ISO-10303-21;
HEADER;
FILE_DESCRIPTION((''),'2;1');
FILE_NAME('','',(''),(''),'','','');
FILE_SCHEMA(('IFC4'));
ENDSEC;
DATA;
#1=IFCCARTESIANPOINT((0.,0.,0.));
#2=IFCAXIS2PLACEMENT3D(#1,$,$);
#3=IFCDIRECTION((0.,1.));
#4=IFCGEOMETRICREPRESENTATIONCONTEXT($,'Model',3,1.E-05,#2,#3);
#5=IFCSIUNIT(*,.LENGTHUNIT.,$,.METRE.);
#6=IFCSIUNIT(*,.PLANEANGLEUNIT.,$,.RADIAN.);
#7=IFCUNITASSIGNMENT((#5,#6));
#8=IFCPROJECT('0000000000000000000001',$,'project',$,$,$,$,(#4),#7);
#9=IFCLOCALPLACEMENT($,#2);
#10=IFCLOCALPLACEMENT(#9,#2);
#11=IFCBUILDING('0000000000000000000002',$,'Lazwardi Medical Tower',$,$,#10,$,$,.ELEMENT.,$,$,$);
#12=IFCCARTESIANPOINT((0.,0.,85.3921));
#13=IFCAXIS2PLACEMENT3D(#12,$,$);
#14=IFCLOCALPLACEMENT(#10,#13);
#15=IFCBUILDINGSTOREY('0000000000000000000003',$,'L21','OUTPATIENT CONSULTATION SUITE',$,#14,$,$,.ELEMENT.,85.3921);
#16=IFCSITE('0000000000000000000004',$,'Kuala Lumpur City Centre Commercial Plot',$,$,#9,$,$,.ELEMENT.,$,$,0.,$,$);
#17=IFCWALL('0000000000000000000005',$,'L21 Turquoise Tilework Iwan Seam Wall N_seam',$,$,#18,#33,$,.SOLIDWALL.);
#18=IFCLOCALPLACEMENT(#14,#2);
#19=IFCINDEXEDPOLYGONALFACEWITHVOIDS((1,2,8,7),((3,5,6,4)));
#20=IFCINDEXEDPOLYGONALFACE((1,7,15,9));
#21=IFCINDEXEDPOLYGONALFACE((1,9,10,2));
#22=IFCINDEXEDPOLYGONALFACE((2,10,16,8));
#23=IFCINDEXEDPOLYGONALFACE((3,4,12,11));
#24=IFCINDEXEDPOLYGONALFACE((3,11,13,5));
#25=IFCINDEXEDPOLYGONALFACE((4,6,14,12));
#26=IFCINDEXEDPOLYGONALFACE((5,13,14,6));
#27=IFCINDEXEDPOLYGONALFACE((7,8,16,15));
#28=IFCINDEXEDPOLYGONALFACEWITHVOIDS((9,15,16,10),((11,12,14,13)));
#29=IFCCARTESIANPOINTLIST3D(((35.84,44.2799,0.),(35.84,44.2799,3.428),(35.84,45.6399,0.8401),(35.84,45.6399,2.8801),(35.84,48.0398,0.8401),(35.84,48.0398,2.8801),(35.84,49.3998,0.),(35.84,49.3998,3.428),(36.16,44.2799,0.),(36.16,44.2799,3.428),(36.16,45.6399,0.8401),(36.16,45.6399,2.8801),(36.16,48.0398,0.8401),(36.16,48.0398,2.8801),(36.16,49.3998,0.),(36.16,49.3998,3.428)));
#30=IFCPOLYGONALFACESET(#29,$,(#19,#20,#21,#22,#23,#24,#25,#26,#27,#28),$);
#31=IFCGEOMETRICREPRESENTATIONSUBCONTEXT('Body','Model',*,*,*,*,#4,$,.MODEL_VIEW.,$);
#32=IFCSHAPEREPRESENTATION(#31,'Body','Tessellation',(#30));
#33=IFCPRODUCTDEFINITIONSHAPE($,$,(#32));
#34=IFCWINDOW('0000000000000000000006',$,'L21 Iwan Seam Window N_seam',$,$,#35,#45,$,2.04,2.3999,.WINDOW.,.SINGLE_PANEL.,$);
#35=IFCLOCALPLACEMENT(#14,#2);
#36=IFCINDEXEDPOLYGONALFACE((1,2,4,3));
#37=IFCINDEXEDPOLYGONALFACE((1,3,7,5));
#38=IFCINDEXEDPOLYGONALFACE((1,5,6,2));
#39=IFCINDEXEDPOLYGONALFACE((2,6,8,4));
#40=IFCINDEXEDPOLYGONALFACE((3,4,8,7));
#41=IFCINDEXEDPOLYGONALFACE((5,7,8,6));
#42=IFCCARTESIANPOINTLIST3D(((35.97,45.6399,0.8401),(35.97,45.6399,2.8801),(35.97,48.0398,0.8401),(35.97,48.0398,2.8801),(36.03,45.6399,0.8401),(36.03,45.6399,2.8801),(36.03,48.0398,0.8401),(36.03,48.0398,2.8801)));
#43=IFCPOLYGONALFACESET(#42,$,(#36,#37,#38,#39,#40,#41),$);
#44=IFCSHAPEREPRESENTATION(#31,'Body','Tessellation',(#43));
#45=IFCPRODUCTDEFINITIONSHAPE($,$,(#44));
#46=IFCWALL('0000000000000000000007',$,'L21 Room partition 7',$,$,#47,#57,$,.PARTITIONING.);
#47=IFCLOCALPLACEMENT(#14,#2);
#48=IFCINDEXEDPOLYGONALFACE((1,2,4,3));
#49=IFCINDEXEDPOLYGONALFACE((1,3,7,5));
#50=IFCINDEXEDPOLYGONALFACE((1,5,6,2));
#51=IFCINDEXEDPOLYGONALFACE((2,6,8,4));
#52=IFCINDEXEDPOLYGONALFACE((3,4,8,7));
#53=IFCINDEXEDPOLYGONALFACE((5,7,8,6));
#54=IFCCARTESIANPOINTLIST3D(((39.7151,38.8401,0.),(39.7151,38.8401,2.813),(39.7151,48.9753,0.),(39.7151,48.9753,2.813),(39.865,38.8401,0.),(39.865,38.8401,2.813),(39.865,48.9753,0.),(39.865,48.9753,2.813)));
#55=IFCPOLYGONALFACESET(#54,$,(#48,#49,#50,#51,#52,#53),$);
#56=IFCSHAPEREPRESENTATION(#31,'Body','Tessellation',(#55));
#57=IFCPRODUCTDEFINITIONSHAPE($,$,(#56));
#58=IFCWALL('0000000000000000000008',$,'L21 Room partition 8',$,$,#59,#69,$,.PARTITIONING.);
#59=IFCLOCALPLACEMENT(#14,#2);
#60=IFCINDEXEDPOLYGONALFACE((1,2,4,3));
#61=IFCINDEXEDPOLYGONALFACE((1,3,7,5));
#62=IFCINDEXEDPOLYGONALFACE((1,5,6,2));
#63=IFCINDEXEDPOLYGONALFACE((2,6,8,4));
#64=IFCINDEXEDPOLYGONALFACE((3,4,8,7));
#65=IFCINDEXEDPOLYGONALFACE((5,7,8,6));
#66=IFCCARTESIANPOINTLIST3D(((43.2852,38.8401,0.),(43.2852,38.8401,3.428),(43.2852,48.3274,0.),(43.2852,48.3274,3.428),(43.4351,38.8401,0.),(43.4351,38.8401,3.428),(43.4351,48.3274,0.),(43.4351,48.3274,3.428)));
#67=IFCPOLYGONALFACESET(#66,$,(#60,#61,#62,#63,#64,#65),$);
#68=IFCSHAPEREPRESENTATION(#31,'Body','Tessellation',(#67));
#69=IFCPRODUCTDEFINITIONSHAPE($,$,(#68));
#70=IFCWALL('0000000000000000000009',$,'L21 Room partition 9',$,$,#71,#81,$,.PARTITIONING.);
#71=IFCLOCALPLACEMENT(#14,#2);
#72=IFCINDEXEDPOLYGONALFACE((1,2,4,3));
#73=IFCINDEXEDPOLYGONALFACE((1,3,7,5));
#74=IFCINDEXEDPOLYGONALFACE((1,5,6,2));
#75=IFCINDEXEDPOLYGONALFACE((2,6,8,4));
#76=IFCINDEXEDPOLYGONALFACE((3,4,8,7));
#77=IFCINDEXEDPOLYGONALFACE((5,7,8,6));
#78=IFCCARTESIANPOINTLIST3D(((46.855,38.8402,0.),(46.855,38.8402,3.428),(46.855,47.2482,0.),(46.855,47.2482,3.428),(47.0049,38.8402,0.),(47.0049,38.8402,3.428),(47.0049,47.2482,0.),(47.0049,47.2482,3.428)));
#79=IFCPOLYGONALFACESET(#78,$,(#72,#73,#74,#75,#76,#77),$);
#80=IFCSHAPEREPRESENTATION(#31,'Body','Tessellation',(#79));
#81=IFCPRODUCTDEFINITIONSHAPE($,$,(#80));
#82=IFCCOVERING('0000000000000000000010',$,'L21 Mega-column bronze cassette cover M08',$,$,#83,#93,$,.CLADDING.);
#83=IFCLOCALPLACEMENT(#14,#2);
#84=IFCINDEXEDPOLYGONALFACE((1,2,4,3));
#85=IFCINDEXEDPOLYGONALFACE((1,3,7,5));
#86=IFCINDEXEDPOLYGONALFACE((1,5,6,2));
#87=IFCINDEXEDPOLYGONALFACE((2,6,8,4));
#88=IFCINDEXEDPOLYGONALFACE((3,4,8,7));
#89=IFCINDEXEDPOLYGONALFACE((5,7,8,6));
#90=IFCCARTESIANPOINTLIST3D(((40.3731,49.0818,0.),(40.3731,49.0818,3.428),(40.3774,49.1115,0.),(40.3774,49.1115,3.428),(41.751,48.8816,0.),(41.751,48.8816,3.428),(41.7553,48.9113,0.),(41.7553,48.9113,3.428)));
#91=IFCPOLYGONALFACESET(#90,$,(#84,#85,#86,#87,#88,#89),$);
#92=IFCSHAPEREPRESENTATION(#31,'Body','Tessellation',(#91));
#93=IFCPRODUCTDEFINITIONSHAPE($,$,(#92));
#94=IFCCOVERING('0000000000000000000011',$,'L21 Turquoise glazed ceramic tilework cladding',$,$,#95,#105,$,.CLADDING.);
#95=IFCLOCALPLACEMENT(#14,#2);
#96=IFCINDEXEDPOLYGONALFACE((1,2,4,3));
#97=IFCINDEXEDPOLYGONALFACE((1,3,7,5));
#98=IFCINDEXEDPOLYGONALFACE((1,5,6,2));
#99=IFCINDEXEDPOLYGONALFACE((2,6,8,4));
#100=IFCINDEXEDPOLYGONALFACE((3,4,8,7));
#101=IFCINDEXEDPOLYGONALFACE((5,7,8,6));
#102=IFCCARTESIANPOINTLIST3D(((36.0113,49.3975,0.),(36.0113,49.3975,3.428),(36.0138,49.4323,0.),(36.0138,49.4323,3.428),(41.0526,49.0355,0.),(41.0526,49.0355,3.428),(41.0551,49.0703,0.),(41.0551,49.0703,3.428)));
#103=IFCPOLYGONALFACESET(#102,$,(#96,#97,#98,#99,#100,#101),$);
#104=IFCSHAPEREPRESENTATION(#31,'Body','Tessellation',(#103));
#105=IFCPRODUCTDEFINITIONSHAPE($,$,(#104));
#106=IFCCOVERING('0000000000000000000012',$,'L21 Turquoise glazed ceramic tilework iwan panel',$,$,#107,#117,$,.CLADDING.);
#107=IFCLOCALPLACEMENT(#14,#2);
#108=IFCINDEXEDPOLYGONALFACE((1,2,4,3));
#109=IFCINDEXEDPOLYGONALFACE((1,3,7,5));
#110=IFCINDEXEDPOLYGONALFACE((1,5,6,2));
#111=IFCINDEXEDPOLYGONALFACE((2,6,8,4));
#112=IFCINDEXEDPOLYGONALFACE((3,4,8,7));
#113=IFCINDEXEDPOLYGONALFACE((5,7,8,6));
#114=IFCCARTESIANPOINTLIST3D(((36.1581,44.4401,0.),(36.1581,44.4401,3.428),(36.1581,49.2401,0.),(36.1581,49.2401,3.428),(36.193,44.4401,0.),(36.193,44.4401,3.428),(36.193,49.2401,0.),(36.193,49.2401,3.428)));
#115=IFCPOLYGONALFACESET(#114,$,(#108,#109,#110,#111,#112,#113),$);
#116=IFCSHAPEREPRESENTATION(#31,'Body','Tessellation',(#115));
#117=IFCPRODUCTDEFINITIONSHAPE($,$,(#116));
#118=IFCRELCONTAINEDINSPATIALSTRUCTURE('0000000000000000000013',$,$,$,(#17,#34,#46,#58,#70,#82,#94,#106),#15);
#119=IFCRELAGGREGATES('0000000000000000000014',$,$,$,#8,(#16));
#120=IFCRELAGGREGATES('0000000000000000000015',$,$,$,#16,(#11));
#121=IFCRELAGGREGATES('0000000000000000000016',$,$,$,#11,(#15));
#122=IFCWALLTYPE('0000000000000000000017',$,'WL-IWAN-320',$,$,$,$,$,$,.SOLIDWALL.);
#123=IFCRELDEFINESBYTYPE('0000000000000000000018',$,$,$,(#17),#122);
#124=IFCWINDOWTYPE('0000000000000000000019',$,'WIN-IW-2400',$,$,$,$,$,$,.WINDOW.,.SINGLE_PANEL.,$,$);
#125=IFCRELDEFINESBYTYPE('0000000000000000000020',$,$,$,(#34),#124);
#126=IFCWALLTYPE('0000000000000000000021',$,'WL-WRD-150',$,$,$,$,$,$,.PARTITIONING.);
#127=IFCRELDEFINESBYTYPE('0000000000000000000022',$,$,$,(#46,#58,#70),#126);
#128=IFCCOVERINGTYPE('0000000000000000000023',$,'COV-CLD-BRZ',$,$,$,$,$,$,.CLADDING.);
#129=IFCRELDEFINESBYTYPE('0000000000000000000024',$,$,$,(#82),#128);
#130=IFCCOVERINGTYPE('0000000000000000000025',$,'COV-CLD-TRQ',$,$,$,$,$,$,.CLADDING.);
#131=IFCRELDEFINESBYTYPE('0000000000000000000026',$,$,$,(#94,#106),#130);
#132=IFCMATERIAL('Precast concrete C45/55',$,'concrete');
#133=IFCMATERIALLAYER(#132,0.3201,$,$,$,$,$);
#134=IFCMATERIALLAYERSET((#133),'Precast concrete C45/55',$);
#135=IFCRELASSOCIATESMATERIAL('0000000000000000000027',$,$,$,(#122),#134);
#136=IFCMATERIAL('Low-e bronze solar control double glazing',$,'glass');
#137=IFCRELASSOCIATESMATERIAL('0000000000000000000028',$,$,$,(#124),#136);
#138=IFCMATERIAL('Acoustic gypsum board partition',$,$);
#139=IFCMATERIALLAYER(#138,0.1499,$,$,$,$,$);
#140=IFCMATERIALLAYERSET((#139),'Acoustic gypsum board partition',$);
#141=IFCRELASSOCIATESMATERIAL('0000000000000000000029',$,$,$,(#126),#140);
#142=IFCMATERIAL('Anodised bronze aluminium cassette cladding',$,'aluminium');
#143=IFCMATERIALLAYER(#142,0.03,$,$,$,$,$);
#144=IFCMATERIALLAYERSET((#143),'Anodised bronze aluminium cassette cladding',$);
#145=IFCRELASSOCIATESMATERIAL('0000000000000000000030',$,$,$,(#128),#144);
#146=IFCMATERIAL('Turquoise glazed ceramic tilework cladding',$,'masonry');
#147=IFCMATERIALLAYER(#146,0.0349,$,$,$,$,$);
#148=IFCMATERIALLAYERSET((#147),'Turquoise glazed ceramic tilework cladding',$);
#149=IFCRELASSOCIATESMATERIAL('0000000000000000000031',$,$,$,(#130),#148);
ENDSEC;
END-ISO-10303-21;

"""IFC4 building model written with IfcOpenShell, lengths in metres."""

from ifc_helpers import new_model, si_unit, direction, frame, frame_2d, origin, origin_2d, place, context, subcontext, project, spatial, rectangle, extrude, material, layer, layer_set, type_object, element, fill, save


model = new_model("IFC4")

# Units and contexts
model_context = context("Model", 3, precision=1e-05, world=origin(), true_north=direction((0.0, 1.0)))
body_context = subcontext(model_context, "Body", "Model", "MODEL_VIEW")
ifc_project = project(units=[si_unit("LENGTHUNIT", "METRE"), si_unit("PLANEANGLEUNIT", "RADIAN")], contexts=[model_context])

# Site, building, storey
site_placement = place(None, origin())
site = spatial("IfcSite", under=ifc_project, at=site_placement, Name="Kuala Lumpur City Centre Commercial Plot", CompositionType="ELEMENT", RefElevation=0.0)
building_placement = place(site_placement, origin())
building = spatial("IfcBuilding", under=site, at=building_placement, Name="Lazwardi Medical Tower", CompositionType="ELEMENT")
storey_placement = place(building_placement, frame((0.0, 0.0, 85.3921)))
storey = spatial("IfcBuildingStorey", under=building, at=storey_placement, Name="L21", Description="OUTPATIENT CONSULTATION SUITE", CompositionType="ELEMENT", Elevation=85.3921)

# Shared definitions
ifc_material_1 = material(Name="Low-e bronze solar control double glazing", Category="glass")

# Wall, opening, window
ifc_material_2 = material(Name="Precast concrete C45/55", Category="concrete")
ifc_layer_1 = layer(ifc_material_2, 0.3201)
ifc_layer_set_1 = layer_set([ifc_layer_1], Name="Precast concrete C45/55")
wall_type_1 = type_object("IfcWallType", Name="WL-IWAN-320", PredefinedType="SOLIDWALL", material=ifc_layer_set_1)
wall_1_placement = place(storey_placement, frame((36.0, 49.3999, 0.0), z_axis=(0.0, 0.0, 1.0), x_axis=(0.0, -1.0, 0.0)))
wall_1 = element("IfcWall", 1, at=wall_1_placement, inside=storey, type_object=wall_type_1, Name="L21 Turquoise Tilework Iwan Seam Wall N_seam", PredefinedType="SOLIDWALL", context=body_context, shape_type="SweptSolid", body=[
    extrude(rectangle(XDim=5.1199, YDim=0.3201, at=frame_2d((2.5601, 0.0))), origin(), (0.0, 0.0, 1.0), 3.428),
])
opening_1_placement = place(wall_1_placement, frame((1.3601, 0.0, 0.8401)))
opening_1 = element("IfcOpeningElement", 2, at=opening_1_placement, cuts=wall_1, PredefinedType="OPENING", context=body_context, shape_type="SweptSolid", body=[
    extrude(rectangle(XDim=2.3999, YDim=2.04, at=frame_2d((1.2, 1.02))), frame((0.0, 0.1699, 0.0), z_axis=(0.0, -1.0, 0.0), x_axis=(1.0, 0.0, 0.0)), (0.0, 0.0, 1.0), 0.3401),
])
window_type_1 = type_object("IfcWindowType", Name="WIN-IW-2400", PartitioningType="SINGLE_PANEL", PredefinedType="WINDOW", material=ifc_material_1)
window_1_placement = place(opening_1_placement, origin())
window_1 = element("IfcWindow", 3, at=window_1_placement, inside=storey, type_object=window_type_1, Name="L21 Iwan Seam Window N_seam", OverallHeight=2.04, OverallWidth=2.3999, PartitioningType="SINGLE_PANEL", PredefinedType="WINDOW", context=body_context, shape_type="SweptSolid", body=[
    extrude(rectangle(XDim=2.3999, YDim=2.04, at=frame_2d((1.2, 1.02))), frame((0.0, 0.03, 0.0), z_axis=(0.0, -1.0, 0.0), x_axis=(1.0, 0.0, 0.0)), (0.0, 0.0, 1.0), 0.0601),
])
fill(opening_1, window_1)

# Walls
ifc_material_3 = material(Name="Acoustic gypsum board partition")
ifc_layer_2 = layer(ifc_material_3, 0.1499)
ifc_layer_set_2 = layer_set([ifc_layer_2], Name="Acoustic gypsum board partition")
wall_type_2 = type_object("IfcWallType", Name="WL-WRD-150", PredefinedType="PARTITIONING", material=ifc_layer_set_2)
wall_2_placement = place(storey_placement, frame((39.79, 38.8401, 0.0), z_axis=(0.0, 0.0, 1.0), x_axis=(0.0, 1.0, 0.0)))
element("IfcWall", 4, at=wall_2_placement, inside=storey, type_object=wall_type_2, Name="L21 Room partition 7", PredefinedType="PARTITIONING", context=body_context, shape_type="SweptSolid", body=[
    extrude(rectangle(XDim=10.1353, YDim=0.1499, at=frame_2d((5.0676, 0.0))), origin(), (0.0, 0.0, 1.0), 2.813),
])
wall_3_placement = place(storey_placement, frame((43.3601, 38.8401, 0.0), z_axis=(0.0, 0.0, 1.0), x_axis=(0.0, 1.0, 0.0)))
element("IfcWall", 5, at=wall_3_placement, inside=storey, type_object=wall_type_2, Name="L21 Room partition 8", PredefinedType="PARTITIONING", context=body_context, shape_type="SweptSolid", body=[
    extrude(rectangle(XDim=9.4873, YDim=0.1499, at=frame_2d((4.7437, 0.0))), origin(), (0.0, 0.0, 1.0), 3.428),
])
wall_4_placement = place(storey_placement, frame((46.9299, 38.8401, 0.0), z_axis=(0.0, 0.0, 1.0), x_axis=(0.0, 1.0, 0.0)))
element("IfcWall", 6, at=wall_4_placement, inside=storey, type_object=wall_type_2, Name="L21 Room partition 9", PredefinedType="PARTITIONING", context=body_context, shape_type="SweptSolid", body=[
    extrude(rectangle(XDim=8.408, YDim=0.1499, at=frame_2d((4.2041, 0.0))), origin(), (0.0, 0.0, 1.0), 3.428),
])

# Coverings
ifc_material_4 = material(Name="Anodised bronze aluminium cassette cladding", Category="aluminium")
ifc_layer_3 = layer(ifc_material_4, 0.03)
ifc_layer_set_3 = layer_set([ifc_layer_3], Name="Anodised bronze aluminium cassette cladding")
covering_type_1 = type_object("IfcCoveringType", Name="COV-CLD-BRZ", PredefinedType="CLADDING", material=ifc_layer_set_3)
covering_1_placement = place(storey_placement, frame((41.0642, 48.9966, 0.0), z_axis=(0.0, 0.0, 1.0), x_axis=(-0.989609, 0.143785, 0.0)))
element("IfcCovering", 7, at=covering_1_placement, inside=storey, type_object=covering_type_1, Name="L21 Mega-column bronze cassette cover M08", PredefinedType="CLADDING", context=body_context, shape_type="SweptSolid", body=[
    extrude(rectangle(XDim=1.3923, YDim=0.03, at=origin_2d()), origin(), (0.0, 0.0, 1.0), 3.428),
])
ifc_material_5 = material(Name="Turquoise glazed ceramic tilework cladding", Category="masonry")
ifc_layer_4 = layer(ifc_material_5, 0.0349)
ifc_layer_set_4 = layer_set([ifc_layer_4], Name="Turquoise glazed ceramic tilework cladding")
covering_type_2 = type_object("IfcCoveringType", Name="COV-CLD-TRQ", PredefinedType="CLADDING", material=ifc_layer_set_4)
covering_2_placement = place(storey_placement, frame((38.5332, 49.2339, 0.0), z_axis=(0.0, 0.0, 1.0), x_axis=(-0.997432, 0.071625, 0.0)))
element("IfcCovering", 8, at=covering_2_placement, inside=storey, type_object=covering_type_2, Name="L21 Turquoise glazed ceramic tilework cladding", PredefinedType="CLADDING", context=body_context, shape_type="SweptSolid", body=[
    extrude(rectangle(XDim=5.0542, YDim=0.0349, at=origin_2d()), origin(), (0.0, 0.0, 1.0), 3.428),
])
covering_3_placement = place(storey_placement, frame((36.1755, 46.8401, 0.0), z_axis=(0.0, 0.0, 1.0), x_axis=(0.0, -1.0, 0.0)))
element("IfcCovering", 9, at=covering_3_placement, inside=storey, type_object=covering_type_2, Name="L21 Turquoise glazed ceramic tilework iwan panel", PredefinedType="CLADDING", context=body_context, shape_type="SweptSolid", body=[
    extrude(rectangle(XDim=4.8, YDim=0.0349, at=origin_2d()), origin(), (0.0, 0.0, 1.0), 3.428),
])

save(model, "model.ifc")
